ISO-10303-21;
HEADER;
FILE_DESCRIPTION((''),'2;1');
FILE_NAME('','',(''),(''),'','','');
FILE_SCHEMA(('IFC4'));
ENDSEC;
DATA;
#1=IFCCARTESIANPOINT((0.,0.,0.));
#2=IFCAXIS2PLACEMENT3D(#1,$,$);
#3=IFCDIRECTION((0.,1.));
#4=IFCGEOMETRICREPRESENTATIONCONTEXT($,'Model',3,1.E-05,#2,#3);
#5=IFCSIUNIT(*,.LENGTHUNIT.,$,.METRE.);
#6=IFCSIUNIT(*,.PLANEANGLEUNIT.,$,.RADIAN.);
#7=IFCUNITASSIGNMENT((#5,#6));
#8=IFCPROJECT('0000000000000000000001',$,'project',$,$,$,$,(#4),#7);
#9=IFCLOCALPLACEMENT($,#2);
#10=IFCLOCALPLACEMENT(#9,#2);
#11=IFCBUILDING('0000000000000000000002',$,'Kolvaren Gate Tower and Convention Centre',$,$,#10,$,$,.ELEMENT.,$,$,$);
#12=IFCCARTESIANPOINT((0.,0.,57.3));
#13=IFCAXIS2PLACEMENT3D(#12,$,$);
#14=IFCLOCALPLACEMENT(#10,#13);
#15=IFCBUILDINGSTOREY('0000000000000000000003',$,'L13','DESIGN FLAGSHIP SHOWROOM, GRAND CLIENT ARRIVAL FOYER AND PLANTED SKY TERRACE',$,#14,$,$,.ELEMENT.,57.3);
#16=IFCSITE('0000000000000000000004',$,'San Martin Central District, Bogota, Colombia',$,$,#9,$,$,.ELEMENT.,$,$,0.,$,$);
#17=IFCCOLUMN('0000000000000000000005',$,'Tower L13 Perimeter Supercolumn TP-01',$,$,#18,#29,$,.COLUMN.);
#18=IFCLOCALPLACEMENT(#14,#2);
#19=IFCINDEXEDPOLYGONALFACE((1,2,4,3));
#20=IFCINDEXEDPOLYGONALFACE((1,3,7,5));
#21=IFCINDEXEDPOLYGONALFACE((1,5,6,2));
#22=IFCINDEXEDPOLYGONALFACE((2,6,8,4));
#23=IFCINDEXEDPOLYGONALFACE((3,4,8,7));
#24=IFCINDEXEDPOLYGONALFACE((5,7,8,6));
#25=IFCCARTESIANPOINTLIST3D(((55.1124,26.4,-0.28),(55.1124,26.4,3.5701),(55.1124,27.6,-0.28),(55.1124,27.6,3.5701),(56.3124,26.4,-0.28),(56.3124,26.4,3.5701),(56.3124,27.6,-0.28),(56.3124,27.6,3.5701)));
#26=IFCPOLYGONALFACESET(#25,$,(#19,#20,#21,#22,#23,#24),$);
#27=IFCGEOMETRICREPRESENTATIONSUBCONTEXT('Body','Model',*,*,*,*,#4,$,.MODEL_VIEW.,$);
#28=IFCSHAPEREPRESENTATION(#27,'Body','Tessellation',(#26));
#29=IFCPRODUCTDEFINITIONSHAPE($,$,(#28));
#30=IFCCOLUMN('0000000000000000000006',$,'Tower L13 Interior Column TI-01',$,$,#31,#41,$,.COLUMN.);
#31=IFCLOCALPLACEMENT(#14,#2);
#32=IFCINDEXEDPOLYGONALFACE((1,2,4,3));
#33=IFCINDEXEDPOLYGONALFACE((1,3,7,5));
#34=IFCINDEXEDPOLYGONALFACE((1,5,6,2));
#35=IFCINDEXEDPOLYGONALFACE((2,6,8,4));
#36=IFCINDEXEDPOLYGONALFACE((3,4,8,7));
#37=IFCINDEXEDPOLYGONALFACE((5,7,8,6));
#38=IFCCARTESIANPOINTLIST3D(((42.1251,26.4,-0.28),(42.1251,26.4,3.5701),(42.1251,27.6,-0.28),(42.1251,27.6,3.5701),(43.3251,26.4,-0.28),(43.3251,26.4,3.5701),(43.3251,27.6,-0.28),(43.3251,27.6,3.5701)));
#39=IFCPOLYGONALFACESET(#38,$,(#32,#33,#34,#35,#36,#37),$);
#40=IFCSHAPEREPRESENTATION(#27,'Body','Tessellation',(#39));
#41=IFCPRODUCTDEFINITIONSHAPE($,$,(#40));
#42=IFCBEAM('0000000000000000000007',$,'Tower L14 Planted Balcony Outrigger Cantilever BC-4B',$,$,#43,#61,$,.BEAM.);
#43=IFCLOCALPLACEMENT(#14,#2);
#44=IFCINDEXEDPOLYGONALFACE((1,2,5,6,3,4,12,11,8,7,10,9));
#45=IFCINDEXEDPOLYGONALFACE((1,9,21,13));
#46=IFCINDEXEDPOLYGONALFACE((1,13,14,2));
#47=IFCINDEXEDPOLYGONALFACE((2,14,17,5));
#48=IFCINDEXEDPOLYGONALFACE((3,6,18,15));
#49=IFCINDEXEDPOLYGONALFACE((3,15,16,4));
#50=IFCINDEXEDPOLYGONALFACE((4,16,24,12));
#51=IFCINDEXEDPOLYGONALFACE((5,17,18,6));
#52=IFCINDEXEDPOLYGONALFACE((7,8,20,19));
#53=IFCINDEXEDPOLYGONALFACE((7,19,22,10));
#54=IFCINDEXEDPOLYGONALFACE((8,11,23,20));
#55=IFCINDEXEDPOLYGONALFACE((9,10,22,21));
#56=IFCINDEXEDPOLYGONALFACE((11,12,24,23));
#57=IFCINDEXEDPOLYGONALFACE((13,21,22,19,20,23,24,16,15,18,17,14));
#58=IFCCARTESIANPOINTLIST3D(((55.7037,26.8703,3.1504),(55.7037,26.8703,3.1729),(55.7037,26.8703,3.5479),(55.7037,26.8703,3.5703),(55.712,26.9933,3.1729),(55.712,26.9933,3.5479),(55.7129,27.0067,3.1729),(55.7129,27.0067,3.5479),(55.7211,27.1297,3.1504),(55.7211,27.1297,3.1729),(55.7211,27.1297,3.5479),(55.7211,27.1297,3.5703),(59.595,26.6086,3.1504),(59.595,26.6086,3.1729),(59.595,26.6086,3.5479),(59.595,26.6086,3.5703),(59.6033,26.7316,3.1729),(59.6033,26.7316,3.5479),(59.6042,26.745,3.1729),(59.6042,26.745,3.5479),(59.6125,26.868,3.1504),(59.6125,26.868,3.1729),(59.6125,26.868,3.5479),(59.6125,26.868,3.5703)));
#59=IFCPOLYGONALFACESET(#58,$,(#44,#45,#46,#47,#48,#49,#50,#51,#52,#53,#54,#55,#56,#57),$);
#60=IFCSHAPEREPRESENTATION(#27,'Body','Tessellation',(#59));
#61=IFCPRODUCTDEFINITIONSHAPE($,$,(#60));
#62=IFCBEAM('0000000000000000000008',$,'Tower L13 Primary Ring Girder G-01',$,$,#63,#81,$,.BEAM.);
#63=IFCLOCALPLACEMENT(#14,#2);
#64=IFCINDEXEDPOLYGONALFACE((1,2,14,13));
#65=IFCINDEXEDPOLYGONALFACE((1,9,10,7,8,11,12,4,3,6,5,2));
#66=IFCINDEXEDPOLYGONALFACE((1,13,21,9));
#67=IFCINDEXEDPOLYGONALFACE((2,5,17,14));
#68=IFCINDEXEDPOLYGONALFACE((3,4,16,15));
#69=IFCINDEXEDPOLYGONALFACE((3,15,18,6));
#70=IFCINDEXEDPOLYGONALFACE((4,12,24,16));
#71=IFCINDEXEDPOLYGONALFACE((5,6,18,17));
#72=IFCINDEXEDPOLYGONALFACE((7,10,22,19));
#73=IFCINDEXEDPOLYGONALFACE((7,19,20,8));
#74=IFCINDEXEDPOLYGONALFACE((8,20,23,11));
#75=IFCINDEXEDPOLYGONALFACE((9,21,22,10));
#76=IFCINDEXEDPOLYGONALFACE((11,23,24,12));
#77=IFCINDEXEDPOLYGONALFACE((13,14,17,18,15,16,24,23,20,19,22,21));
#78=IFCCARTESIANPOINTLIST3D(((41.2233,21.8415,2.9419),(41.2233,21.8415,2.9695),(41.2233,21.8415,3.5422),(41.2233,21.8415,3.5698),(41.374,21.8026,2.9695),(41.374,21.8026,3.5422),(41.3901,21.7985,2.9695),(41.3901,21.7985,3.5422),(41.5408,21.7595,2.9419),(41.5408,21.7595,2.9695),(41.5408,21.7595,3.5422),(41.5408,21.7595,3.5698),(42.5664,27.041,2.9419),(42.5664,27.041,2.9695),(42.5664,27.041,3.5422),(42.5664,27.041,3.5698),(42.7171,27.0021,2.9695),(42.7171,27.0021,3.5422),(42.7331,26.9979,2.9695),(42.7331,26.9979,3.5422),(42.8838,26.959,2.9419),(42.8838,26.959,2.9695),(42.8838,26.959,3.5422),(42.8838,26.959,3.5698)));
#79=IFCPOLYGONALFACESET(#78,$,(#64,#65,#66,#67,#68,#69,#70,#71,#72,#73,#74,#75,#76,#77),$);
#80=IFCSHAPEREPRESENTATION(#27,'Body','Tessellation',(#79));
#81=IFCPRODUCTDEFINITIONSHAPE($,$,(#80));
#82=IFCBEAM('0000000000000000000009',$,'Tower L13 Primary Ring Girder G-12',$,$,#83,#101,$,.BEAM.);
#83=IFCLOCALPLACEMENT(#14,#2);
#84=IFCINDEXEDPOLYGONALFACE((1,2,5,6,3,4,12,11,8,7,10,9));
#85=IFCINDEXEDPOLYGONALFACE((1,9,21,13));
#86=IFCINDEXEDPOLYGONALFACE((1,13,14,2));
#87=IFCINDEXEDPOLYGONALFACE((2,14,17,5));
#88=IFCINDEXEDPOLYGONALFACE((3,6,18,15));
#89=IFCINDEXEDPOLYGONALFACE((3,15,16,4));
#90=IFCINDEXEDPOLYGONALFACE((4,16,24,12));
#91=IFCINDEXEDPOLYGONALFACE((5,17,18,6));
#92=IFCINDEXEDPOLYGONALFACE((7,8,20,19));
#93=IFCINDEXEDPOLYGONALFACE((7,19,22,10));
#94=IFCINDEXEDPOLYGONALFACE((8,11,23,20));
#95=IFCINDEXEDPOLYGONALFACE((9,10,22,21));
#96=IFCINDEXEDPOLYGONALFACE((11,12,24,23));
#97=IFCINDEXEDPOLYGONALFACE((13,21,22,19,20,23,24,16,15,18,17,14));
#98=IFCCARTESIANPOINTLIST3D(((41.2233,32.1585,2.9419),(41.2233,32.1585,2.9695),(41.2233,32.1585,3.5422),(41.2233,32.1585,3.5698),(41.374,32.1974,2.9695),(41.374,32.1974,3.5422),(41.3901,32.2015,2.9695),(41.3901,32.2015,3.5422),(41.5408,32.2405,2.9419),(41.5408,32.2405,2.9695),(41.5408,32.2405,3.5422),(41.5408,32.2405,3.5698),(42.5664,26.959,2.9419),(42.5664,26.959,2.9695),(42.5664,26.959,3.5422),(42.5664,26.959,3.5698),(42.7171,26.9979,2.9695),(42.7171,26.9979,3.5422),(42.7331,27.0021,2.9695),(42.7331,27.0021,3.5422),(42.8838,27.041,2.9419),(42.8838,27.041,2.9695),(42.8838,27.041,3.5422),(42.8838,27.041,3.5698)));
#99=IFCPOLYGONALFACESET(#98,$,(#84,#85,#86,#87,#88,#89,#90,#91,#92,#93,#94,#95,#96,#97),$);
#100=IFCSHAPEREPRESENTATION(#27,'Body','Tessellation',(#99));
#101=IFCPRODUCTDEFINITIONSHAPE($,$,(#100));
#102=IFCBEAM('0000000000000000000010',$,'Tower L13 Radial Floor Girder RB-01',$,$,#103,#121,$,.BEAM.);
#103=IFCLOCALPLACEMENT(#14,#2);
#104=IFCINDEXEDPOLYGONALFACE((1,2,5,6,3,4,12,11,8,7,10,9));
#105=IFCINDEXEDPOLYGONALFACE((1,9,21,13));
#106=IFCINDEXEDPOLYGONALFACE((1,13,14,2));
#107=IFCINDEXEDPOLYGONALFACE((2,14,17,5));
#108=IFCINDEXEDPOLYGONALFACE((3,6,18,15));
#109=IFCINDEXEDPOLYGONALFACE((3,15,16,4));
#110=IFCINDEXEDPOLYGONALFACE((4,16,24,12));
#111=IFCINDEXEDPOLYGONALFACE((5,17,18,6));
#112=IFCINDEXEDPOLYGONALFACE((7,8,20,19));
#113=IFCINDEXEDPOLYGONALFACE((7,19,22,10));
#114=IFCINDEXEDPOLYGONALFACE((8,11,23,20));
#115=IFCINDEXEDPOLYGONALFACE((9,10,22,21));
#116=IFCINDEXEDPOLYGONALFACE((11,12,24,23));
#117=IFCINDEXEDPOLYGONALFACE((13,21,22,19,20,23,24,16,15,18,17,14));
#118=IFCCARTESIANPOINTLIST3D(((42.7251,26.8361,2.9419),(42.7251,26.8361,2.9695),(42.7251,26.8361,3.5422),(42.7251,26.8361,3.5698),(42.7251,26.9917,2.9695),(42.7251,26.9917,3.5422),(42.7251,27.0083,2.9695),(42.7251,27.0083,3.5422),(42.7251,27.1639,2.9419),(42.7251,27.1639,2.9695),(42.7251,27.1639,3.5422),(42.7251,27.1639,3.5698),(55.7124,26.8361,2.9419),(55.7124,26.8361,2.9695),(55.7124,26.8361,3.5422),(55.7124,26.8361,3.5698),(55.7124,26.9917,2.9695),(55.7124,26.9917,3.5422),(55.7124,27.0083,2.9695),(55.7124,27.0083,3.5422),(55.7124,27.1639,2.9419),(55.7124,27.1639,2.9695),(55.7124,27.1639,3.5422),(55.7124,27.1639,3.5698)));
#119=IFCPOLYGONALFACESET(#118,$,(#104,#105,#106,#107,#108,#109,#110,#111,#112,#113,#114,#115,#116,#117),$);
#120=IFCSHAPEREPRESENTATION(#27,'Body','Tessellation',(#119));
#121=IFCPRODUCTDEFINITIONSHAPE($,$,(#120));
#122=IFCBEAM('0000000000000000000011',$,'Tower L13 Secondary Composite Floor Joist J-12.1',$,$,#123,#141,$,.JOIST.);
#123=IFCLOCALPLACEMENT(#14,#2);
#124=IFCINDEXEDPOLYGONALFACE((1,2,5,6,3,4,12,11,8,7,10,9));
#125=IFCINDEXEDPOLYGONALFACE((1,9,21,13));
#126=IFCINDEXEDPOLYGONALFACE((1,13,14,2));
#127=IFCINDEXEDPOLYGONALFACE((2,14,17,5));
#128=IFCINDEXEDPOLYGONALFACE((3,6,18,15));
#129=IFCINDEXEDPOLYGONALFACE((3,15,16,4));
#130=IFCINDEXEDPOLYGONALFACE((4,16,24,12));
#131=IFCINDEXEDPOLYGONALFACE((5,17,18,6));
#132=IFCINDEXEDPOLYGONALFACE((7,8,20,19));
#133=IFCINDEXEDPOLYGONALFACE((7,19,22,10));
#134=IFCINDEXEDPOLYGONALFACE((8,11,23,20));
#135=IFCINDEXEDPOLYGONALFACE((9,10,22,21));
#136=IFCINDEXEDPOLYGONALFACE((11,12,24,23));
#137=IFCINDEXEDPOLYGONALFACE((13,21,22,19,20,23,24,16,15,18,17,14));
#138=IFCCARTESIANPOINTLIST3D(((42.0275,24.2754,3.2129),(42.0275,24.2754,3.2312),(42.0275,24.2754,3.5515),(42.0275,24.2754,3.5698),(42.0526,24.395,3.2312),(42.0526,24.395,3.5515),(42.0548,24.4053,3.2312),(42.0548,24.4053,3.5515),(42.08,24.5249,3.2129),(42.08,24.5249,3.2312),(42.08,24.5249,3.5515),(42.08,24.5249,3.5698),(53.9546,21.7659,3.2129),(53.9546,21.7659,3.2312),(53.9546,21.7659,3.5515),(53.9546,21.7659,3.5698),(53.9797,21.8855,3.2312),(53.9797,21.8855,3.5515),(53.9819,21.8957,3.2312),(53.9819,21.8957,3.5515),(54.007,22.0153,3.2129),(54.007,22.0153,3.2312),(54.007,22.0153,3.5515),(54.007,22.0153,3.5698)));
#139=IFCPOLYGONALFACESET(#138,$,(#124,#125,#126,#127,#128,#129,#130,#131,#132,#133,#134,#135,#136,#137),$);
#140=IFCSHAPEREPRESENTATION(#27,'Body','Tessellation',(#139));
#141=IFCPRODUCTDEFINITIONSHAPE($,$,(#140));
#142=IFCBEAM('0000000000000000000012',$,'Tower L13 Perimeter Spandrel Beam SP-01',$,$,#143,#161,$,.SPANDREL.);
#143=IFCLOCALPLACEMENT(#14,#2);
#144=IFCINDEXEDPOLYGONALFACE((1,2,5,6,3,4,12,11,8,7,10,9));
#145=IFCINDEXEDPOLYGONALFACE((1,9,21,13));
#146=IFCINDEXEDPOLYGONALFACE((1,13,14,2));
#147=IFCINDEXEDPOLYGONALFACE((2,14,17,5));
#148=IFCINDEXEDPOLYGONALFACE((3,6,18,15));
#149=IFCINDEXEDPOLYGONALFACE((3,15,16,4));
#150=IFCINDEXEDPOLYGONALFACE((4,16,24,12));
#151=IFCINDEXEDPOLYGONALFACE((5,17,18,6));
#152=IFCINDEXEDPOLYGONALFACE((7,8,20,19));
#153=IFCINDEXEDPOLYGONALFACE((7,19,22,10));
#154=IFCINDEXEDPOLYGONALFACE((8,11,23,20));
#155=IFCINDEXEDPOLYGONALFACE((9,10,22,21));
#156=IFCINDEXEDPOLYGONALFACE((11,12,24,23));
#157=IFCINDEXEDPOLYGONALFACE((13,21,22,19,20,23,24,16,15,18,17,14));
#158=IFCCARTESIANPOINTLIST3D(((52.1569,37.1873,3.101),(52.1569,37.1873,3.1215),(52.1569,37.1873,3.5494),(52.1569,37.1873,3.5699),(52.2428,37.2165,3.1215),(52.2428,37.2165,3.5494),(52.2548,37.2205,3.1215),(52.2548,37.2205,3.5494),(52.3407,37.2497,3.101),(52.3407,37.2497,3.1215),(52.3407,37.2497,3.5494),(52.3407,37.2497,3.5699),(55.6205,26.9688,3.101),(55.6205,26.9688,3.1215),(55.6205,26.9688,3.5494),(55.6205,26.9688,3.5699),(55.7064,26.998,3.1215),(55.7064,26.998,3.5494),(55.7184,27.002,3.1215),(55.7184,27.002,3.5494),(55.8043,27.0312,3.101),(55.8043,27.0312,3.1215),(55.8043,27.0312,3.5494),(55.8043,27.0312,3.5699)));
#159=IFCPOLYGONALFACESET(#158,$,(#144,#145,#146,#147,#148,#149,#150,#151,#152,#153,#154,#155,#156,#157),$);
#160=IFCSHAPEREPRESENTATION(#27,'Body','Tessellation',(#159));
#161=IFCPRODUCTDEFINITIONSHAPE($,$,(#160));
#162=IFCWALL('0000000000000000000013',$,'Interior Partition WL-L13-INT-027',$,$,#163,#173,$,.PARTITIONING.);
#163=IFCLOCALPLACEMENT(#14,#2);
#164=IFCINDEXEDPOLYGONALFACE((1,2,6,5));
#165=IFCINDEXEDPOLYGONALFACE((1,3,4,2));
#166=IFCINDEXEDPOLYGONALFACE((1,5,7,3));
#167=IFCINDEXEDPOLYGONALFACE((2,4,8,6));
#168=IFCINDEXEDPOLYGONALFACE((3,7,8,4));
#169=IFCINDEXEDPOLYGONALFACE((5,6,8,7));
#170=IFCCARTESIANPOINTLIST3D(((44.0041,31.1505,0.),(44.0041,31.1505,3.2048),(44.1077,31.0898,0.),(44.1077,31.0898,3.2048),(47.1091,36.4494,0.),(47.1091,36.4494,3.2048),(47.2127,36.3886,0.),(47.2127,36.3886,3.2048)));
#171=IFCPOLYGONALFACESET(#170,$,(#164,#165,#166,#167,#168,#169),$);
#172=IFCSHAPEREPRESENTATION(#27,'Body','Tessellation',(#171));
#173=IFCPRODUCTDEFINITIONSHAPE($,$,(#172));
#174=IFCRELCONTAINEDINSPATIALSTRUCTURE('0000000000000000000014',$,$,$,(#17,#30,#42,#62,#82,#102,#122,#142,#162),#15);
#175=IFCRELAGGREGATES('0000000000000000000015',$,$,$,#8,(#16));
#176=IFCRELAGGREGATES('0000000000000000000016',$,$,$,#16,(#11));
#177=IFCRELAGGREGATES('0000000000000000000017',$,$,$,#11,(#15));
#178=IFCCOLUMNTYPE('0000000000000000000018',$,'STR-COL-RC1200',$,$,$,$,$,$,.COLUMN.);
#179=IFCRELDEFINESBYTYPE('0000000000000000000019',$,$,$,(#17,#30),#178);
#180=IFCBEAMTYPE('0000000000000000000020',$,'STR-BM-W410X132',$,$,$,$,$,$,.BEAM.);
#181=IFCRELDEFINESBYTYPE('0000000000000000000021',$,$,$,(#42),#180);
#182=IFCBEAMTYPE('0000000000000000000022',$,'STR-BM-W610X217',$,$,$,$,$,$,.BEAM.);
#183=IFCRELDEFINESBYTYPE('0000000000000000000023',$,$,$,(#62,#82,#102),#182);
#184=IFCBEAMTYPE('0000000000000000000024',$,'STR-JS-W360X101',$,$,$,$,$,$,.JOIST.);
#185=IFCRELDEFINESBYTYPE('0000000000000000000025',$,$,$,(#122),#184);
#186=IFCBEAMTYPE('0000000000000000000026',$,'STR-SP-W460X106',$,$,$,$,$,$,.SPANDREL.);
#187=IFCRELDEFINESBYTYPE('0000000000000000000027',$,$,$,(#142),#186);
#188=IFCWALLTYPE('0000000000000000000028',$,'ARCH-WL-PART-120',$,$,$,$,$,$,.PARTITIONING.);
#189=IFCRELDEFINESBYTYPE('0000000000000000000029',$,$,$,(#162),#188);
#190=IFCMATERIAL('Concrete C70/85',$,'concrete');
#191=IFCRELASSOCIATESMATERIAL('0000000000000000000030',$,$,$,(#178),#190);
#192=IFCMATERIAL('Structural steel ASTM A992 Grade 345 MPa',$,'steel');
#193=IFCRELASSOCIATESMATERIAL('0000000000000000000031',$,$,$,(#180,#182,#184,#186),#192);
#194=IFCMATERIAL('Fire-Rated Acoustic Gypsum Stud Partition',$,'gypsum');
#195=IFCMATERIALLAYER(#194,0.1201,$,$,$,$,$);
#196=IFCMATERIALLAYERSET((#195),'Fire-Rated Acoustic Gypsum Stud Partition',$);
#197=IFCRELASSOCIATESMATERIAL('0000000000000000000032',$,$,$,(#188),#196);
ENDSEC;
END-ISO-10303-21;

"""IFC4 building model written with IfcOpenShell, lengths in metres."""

from ifc_helpers import new_model, si_unit, direction, frame, frame_2d, origin, origin_2d, place, context, subcontext, project, spatial, rectangle, i_section, extrude, material, layer, layer_set, material_profile, profile_set, type_object, element, save


model = new_model("IFC4")

# Units and contexts
model_context = context("Model", 3, precision=1e-05, world=origin(), true_north=direction((0.0, 1.0)))
body_context = subcontext(model_context, "Body", "Model", "MODEL_VIEW")
ifc_project = project(units=[si_unit("LENGTHUNIT", "METRE"), si_unit("PLANEANGLEUNIT", "RADIAN")], contexts=[model_context])

# Site, building, storey
site_placement = place(None, origin())
site = spatial("IfcSite", under=ifc_project, at=site_placement, Name="San Martin Central District, Bogota, Colombia", CompositionType="ELEMENT", RefElevation=0.0)
building_placement = place(site_placement, origin())
building = spatial("IfcBuilding", under=site, at=building_placement, Name="Kolvaren Gate Tower and Convention Centre", CompositionType="ELEMENT")
storey_placement = place(building_placement, frame((0.0, 0.0, 57.3)))
storey = spatial("IfcBuildingStorey", under=building, at=storey_placement, Name="L13", Description="DESIGN FLAGSHIP SHOWROOM, GRAND CLIENT ARRIVAL FOYER AND PLANTED SKY TERRACE", CompositionType="ELEMENT", Elevation=57.3)

# Columns
ifc_material_1 = material(Name="Concrete C70/85", Category="concrete")
ifc_material_profile_1 = material_profile(ifc_material_1, rectangle(XDim=1.2, YDim=1.2, at=origin_2d()), Name="RC-COL-1200X1200")
ifc_profile_set_1 = profile_set([ifc_material_profile_1], Name="Concrete C70/85")
column_type = type_object("IfcColumnType", Name="STR-COL-RC1200", PredefinedType="COLUMN", material=ifc_profile_set_1)
for number, where, z_axis, x_axis, name in (
    (1, (55.7124, 27.0, -0.28), (0.0, 0.0, 1.0), (1.0, 0.0, 0.0), "Tower L13 Perimeter Supercolumn TP-01"),
    (2, (42.7251, 27.0, -0.28), (0.0, 0.0, 1.0), (1.0, 0.0, 0.0), "Tower L13 Interior Column TI-01"),
):
    element("IfcColumn", number, at=place(storey_placement, frame(where, z_axis=z_axis, x_axis=x_axis)), inside=storey, type_object=column_type, Name=name, PredefinedType="COLUMN", context=body_context, shape_type="SweptSolid", body=[
        extrude(rectangle(XDim=1.2, YDim=1.2, at=origin_2d()), origin(), (0.0, 0.0, 1.0), 3.8501),
    ])

# Beams
ifc_material_2 = material(Name="Structural steel ASTM A992 Grade 345 MPa", Category="steel")
ifc_material_profile_2 = material_profile(ifc_material_2, i_section(OverallWidth=0.26, OverallDepth=0.4199, WebThickness=0.0134, FlangeThickness=0.0225, at=origin_2d()), Name="W410X132")
ifc_profile_set_2 = profile_set([ifc_material_profile_2], Name="Structural steel ASTM A992 Grade 345 MPa")
beam_type_1 = type_object("IfcBeamType", Name="STR-BM-W410X132", PredefinedType="BEAM", material=ifc_profile_set_2)
beam_1_placement = place(storey_placement, frame((55.7124, 27.0, 3.3604), z_axis=(0.997746, -0.067105, 0.0), x_axis=(0.067105, 0.997746, 0.0)))
element("IfcBeam", 3, at=beam_1_placement, inside=storey, type_object=beam_type_1, Name="Tower L14 Planted Balcony Outrigger Cantilever BC-4B", PredefinedType="BEAM", context=body_context, shape_type="SweptSolid", body=[
    extrude(i_section(OverallWidth=0.26, OverallDepth=0.4199, WebThickness=0.0134, FlangeThickness=0.0225, at=origin_2d()), origin(), (0.0, 0.0, 1.0), 3.9001),
])
ifc_material_profile_3 = material_profile(ifc_material_2, i_section(OverallWidth=0.3279, OverallDepth=0.6279, WebThickness=0.0166, FlangeThickness=0.0276, at=origin_2d()), Name="W610X217")
ifc_profile_set_3 = profile_set([ifc_material_profile_3], Name="Structural steel ASTM A992 Grade 345 MPa")
beam_type_2 = type_object("IfcBeamType", Name="STR-BM-W610X217", PredefinedType="BEAM", material=ifc_profile_set_3)
for number, where, z_axis, x_axis, name in (
    (4, (42.7251, 27.0, 3.2559), (-0.250091, -0.968222, 0.0), (0.968222, -0.250091, 0.0), "Tower L13 Primary Ring Girder G-01"),
    (5, (42.7251, 27.0, 3.2559), (-0.250091, 0.968222, 0.0), (-0.968222, -0.250091, 0.0), "Tower L13 Primary Ring Girder G-12"),
):
    element("IfcBeam", number, at=place(storey_placement, frame(where, z_axis=z_axis, x_axis=x_axis)), inside=storey, type_object=beam_type_2, Name=name, PredefinedType="BEAM", context=body_context, shape_type="SweptSolid", body=[
        extrude(i_section(OverallWidth=0.3279, OverallDepth=0.6279, WebThickness=0.0166, FlangeThickness=0.0276, at=origin_2d()), origin(), (0.0, 0.0, 1.0), 5.3701),
    ])
beam_2_placement = place(storey_placement, frame((42.7251, 27.0, 3.2559), z_axis=(1.0, 0.0, 0.0), x_axis=(0.0, 1.0, 0.0)))
element("IfcBeam", 6, at=beam_2_placement, inside=storey, type_object=beam_type_2, Name="Tower L13 Radial Floor Girder RB-01", PredefinedType="BEAM", context=body_context, shape_type="SweptSolid", body=[
    extrude(i_section(OverallWidth=0.3279, OverallDepth=0.6279, WebThickness=0.0166, FlangeThickness=0.0276, at=origin_2d()), origin(), (0.0, 0.0, 1.0), 12.9873),
])
ifc_material_profile_4 = material_profile(ifc_material_2, i_section(OverallWidth=0.2549, OverallDepth=0.3569, WebThickness=0.0105, FlangeThickness=0.0183, at=origin_2d()), Name="W360X101")
ifc_profile_set_4 = profile_set([ifc_material_profile_4], Name="Structural steel ASTM A992 Grade 345 MPa")
beam_type_3 = type_object("IfcBeamType", Name="STR-JS-W360X101", PredefinedType="JOIST", material=ifc_profile_set_4)
beam_3_placement = place(storey_placement, frame((42.0537, 24.4001, 3.3914), z_axis=(0.978573, -0.205898, 0.0), x_axis=(0.205898, 0.978573, 0.0)))
element("IfcBeam", 7, at=beam_3_placement, inside=storey, type_object=beam_type_3, Name="Tower L13 Secondary Composite Floor Joist J-12.1", PredefinedType="JOIST", context=body_context, shape_type="SweptSolid", body=[
    extrude(i_section(OverallWidth=0.2549, OverallDepth=0.3569, WebThickness=0.0105, FlangeThickness=0.0183, at=origin_2d()), origin(), (0.0, 0.0, 1.0), 12.1882),
])
ifc_material_profile_5 = material_profile(ifc_material_2, i_section(OverallWidth=0.1941, OverallDepth=0.469, WebThickness=0.0127, FlangeThickness=0.0205, at=origin_2d()), Name="W460X106")
ifc_profile_set_5 = profile_set([ifc_material_profile_5], Name="Structural steel ASTM A992 Grade 345 MPa")
beam_type_4 = type_object("IfcBeamType", Name="STR-SP-W460X106", PredefinedType="SPANDREL", material=ifc_profile_set_5)
beam_4_placement = place(storey_placement, frame((55.7124, 27.0, 3.3354), z_axis=(-0.321016, 0.947074, 0.0), x_axis=(-0.947074, -0.321016, 0.0)))
element("IfcBeam", 8, at=beam_4_placement, inside=storey, type_object=beam_type_4, Name="Tower L13 Perimeter Spandrel Beam SP-01", PredefinedType="SPANDREL", context=body_context, shape_type="SweptSolid", body=[
    extrude(i_section(OverallWidth=0.1941, OverallDepth=0.469, WebThickness=0.0127, FlangeThickness=0.0205, at=origin_2d()), origin(), (0.0, 0.0, 1.0), 10.7896),
])

# Wall
ifc_material_3 = material(Name="Fire-Rated Acoustic Gypsum Stud Partition", Category="gypsum")
ifc_layer = layer(ifc_material_3, 0.1201)
ifc_layer_set = layer_set([ifc_layer], Name="Fire-Rated Acoustic Gypsum Stud Partition")
wall_type = type_object("IfcWallType", Name="ARCH-WL-PART-120", PredefinedType="PARTITIONING", material=ifc_layer_set)
wall_1_placement = place(storey_placement, frame((44.0559, 31.1201, 0.0), z_axis=(0.0, 0.0, 1.0), x_axis=(0.505571, 0.862785, 0.0)))
element("IfcWall", 9, at=wall_1_placement, inside=storey, type_object=wall_type, Name="Interior Partition WL-L13-INT-027", PredefinedType="PARTITIONING", context=body_context, shape_type="SweptSolid", body=[
    extrude(rectangle(XDim=6.1416, YDim=0.1201, at=frame_2d((3.0708, 0.0))), origin(), (0.0, 0.0, 1.0), 3.2048),
])

save(model, "model.ifc")
